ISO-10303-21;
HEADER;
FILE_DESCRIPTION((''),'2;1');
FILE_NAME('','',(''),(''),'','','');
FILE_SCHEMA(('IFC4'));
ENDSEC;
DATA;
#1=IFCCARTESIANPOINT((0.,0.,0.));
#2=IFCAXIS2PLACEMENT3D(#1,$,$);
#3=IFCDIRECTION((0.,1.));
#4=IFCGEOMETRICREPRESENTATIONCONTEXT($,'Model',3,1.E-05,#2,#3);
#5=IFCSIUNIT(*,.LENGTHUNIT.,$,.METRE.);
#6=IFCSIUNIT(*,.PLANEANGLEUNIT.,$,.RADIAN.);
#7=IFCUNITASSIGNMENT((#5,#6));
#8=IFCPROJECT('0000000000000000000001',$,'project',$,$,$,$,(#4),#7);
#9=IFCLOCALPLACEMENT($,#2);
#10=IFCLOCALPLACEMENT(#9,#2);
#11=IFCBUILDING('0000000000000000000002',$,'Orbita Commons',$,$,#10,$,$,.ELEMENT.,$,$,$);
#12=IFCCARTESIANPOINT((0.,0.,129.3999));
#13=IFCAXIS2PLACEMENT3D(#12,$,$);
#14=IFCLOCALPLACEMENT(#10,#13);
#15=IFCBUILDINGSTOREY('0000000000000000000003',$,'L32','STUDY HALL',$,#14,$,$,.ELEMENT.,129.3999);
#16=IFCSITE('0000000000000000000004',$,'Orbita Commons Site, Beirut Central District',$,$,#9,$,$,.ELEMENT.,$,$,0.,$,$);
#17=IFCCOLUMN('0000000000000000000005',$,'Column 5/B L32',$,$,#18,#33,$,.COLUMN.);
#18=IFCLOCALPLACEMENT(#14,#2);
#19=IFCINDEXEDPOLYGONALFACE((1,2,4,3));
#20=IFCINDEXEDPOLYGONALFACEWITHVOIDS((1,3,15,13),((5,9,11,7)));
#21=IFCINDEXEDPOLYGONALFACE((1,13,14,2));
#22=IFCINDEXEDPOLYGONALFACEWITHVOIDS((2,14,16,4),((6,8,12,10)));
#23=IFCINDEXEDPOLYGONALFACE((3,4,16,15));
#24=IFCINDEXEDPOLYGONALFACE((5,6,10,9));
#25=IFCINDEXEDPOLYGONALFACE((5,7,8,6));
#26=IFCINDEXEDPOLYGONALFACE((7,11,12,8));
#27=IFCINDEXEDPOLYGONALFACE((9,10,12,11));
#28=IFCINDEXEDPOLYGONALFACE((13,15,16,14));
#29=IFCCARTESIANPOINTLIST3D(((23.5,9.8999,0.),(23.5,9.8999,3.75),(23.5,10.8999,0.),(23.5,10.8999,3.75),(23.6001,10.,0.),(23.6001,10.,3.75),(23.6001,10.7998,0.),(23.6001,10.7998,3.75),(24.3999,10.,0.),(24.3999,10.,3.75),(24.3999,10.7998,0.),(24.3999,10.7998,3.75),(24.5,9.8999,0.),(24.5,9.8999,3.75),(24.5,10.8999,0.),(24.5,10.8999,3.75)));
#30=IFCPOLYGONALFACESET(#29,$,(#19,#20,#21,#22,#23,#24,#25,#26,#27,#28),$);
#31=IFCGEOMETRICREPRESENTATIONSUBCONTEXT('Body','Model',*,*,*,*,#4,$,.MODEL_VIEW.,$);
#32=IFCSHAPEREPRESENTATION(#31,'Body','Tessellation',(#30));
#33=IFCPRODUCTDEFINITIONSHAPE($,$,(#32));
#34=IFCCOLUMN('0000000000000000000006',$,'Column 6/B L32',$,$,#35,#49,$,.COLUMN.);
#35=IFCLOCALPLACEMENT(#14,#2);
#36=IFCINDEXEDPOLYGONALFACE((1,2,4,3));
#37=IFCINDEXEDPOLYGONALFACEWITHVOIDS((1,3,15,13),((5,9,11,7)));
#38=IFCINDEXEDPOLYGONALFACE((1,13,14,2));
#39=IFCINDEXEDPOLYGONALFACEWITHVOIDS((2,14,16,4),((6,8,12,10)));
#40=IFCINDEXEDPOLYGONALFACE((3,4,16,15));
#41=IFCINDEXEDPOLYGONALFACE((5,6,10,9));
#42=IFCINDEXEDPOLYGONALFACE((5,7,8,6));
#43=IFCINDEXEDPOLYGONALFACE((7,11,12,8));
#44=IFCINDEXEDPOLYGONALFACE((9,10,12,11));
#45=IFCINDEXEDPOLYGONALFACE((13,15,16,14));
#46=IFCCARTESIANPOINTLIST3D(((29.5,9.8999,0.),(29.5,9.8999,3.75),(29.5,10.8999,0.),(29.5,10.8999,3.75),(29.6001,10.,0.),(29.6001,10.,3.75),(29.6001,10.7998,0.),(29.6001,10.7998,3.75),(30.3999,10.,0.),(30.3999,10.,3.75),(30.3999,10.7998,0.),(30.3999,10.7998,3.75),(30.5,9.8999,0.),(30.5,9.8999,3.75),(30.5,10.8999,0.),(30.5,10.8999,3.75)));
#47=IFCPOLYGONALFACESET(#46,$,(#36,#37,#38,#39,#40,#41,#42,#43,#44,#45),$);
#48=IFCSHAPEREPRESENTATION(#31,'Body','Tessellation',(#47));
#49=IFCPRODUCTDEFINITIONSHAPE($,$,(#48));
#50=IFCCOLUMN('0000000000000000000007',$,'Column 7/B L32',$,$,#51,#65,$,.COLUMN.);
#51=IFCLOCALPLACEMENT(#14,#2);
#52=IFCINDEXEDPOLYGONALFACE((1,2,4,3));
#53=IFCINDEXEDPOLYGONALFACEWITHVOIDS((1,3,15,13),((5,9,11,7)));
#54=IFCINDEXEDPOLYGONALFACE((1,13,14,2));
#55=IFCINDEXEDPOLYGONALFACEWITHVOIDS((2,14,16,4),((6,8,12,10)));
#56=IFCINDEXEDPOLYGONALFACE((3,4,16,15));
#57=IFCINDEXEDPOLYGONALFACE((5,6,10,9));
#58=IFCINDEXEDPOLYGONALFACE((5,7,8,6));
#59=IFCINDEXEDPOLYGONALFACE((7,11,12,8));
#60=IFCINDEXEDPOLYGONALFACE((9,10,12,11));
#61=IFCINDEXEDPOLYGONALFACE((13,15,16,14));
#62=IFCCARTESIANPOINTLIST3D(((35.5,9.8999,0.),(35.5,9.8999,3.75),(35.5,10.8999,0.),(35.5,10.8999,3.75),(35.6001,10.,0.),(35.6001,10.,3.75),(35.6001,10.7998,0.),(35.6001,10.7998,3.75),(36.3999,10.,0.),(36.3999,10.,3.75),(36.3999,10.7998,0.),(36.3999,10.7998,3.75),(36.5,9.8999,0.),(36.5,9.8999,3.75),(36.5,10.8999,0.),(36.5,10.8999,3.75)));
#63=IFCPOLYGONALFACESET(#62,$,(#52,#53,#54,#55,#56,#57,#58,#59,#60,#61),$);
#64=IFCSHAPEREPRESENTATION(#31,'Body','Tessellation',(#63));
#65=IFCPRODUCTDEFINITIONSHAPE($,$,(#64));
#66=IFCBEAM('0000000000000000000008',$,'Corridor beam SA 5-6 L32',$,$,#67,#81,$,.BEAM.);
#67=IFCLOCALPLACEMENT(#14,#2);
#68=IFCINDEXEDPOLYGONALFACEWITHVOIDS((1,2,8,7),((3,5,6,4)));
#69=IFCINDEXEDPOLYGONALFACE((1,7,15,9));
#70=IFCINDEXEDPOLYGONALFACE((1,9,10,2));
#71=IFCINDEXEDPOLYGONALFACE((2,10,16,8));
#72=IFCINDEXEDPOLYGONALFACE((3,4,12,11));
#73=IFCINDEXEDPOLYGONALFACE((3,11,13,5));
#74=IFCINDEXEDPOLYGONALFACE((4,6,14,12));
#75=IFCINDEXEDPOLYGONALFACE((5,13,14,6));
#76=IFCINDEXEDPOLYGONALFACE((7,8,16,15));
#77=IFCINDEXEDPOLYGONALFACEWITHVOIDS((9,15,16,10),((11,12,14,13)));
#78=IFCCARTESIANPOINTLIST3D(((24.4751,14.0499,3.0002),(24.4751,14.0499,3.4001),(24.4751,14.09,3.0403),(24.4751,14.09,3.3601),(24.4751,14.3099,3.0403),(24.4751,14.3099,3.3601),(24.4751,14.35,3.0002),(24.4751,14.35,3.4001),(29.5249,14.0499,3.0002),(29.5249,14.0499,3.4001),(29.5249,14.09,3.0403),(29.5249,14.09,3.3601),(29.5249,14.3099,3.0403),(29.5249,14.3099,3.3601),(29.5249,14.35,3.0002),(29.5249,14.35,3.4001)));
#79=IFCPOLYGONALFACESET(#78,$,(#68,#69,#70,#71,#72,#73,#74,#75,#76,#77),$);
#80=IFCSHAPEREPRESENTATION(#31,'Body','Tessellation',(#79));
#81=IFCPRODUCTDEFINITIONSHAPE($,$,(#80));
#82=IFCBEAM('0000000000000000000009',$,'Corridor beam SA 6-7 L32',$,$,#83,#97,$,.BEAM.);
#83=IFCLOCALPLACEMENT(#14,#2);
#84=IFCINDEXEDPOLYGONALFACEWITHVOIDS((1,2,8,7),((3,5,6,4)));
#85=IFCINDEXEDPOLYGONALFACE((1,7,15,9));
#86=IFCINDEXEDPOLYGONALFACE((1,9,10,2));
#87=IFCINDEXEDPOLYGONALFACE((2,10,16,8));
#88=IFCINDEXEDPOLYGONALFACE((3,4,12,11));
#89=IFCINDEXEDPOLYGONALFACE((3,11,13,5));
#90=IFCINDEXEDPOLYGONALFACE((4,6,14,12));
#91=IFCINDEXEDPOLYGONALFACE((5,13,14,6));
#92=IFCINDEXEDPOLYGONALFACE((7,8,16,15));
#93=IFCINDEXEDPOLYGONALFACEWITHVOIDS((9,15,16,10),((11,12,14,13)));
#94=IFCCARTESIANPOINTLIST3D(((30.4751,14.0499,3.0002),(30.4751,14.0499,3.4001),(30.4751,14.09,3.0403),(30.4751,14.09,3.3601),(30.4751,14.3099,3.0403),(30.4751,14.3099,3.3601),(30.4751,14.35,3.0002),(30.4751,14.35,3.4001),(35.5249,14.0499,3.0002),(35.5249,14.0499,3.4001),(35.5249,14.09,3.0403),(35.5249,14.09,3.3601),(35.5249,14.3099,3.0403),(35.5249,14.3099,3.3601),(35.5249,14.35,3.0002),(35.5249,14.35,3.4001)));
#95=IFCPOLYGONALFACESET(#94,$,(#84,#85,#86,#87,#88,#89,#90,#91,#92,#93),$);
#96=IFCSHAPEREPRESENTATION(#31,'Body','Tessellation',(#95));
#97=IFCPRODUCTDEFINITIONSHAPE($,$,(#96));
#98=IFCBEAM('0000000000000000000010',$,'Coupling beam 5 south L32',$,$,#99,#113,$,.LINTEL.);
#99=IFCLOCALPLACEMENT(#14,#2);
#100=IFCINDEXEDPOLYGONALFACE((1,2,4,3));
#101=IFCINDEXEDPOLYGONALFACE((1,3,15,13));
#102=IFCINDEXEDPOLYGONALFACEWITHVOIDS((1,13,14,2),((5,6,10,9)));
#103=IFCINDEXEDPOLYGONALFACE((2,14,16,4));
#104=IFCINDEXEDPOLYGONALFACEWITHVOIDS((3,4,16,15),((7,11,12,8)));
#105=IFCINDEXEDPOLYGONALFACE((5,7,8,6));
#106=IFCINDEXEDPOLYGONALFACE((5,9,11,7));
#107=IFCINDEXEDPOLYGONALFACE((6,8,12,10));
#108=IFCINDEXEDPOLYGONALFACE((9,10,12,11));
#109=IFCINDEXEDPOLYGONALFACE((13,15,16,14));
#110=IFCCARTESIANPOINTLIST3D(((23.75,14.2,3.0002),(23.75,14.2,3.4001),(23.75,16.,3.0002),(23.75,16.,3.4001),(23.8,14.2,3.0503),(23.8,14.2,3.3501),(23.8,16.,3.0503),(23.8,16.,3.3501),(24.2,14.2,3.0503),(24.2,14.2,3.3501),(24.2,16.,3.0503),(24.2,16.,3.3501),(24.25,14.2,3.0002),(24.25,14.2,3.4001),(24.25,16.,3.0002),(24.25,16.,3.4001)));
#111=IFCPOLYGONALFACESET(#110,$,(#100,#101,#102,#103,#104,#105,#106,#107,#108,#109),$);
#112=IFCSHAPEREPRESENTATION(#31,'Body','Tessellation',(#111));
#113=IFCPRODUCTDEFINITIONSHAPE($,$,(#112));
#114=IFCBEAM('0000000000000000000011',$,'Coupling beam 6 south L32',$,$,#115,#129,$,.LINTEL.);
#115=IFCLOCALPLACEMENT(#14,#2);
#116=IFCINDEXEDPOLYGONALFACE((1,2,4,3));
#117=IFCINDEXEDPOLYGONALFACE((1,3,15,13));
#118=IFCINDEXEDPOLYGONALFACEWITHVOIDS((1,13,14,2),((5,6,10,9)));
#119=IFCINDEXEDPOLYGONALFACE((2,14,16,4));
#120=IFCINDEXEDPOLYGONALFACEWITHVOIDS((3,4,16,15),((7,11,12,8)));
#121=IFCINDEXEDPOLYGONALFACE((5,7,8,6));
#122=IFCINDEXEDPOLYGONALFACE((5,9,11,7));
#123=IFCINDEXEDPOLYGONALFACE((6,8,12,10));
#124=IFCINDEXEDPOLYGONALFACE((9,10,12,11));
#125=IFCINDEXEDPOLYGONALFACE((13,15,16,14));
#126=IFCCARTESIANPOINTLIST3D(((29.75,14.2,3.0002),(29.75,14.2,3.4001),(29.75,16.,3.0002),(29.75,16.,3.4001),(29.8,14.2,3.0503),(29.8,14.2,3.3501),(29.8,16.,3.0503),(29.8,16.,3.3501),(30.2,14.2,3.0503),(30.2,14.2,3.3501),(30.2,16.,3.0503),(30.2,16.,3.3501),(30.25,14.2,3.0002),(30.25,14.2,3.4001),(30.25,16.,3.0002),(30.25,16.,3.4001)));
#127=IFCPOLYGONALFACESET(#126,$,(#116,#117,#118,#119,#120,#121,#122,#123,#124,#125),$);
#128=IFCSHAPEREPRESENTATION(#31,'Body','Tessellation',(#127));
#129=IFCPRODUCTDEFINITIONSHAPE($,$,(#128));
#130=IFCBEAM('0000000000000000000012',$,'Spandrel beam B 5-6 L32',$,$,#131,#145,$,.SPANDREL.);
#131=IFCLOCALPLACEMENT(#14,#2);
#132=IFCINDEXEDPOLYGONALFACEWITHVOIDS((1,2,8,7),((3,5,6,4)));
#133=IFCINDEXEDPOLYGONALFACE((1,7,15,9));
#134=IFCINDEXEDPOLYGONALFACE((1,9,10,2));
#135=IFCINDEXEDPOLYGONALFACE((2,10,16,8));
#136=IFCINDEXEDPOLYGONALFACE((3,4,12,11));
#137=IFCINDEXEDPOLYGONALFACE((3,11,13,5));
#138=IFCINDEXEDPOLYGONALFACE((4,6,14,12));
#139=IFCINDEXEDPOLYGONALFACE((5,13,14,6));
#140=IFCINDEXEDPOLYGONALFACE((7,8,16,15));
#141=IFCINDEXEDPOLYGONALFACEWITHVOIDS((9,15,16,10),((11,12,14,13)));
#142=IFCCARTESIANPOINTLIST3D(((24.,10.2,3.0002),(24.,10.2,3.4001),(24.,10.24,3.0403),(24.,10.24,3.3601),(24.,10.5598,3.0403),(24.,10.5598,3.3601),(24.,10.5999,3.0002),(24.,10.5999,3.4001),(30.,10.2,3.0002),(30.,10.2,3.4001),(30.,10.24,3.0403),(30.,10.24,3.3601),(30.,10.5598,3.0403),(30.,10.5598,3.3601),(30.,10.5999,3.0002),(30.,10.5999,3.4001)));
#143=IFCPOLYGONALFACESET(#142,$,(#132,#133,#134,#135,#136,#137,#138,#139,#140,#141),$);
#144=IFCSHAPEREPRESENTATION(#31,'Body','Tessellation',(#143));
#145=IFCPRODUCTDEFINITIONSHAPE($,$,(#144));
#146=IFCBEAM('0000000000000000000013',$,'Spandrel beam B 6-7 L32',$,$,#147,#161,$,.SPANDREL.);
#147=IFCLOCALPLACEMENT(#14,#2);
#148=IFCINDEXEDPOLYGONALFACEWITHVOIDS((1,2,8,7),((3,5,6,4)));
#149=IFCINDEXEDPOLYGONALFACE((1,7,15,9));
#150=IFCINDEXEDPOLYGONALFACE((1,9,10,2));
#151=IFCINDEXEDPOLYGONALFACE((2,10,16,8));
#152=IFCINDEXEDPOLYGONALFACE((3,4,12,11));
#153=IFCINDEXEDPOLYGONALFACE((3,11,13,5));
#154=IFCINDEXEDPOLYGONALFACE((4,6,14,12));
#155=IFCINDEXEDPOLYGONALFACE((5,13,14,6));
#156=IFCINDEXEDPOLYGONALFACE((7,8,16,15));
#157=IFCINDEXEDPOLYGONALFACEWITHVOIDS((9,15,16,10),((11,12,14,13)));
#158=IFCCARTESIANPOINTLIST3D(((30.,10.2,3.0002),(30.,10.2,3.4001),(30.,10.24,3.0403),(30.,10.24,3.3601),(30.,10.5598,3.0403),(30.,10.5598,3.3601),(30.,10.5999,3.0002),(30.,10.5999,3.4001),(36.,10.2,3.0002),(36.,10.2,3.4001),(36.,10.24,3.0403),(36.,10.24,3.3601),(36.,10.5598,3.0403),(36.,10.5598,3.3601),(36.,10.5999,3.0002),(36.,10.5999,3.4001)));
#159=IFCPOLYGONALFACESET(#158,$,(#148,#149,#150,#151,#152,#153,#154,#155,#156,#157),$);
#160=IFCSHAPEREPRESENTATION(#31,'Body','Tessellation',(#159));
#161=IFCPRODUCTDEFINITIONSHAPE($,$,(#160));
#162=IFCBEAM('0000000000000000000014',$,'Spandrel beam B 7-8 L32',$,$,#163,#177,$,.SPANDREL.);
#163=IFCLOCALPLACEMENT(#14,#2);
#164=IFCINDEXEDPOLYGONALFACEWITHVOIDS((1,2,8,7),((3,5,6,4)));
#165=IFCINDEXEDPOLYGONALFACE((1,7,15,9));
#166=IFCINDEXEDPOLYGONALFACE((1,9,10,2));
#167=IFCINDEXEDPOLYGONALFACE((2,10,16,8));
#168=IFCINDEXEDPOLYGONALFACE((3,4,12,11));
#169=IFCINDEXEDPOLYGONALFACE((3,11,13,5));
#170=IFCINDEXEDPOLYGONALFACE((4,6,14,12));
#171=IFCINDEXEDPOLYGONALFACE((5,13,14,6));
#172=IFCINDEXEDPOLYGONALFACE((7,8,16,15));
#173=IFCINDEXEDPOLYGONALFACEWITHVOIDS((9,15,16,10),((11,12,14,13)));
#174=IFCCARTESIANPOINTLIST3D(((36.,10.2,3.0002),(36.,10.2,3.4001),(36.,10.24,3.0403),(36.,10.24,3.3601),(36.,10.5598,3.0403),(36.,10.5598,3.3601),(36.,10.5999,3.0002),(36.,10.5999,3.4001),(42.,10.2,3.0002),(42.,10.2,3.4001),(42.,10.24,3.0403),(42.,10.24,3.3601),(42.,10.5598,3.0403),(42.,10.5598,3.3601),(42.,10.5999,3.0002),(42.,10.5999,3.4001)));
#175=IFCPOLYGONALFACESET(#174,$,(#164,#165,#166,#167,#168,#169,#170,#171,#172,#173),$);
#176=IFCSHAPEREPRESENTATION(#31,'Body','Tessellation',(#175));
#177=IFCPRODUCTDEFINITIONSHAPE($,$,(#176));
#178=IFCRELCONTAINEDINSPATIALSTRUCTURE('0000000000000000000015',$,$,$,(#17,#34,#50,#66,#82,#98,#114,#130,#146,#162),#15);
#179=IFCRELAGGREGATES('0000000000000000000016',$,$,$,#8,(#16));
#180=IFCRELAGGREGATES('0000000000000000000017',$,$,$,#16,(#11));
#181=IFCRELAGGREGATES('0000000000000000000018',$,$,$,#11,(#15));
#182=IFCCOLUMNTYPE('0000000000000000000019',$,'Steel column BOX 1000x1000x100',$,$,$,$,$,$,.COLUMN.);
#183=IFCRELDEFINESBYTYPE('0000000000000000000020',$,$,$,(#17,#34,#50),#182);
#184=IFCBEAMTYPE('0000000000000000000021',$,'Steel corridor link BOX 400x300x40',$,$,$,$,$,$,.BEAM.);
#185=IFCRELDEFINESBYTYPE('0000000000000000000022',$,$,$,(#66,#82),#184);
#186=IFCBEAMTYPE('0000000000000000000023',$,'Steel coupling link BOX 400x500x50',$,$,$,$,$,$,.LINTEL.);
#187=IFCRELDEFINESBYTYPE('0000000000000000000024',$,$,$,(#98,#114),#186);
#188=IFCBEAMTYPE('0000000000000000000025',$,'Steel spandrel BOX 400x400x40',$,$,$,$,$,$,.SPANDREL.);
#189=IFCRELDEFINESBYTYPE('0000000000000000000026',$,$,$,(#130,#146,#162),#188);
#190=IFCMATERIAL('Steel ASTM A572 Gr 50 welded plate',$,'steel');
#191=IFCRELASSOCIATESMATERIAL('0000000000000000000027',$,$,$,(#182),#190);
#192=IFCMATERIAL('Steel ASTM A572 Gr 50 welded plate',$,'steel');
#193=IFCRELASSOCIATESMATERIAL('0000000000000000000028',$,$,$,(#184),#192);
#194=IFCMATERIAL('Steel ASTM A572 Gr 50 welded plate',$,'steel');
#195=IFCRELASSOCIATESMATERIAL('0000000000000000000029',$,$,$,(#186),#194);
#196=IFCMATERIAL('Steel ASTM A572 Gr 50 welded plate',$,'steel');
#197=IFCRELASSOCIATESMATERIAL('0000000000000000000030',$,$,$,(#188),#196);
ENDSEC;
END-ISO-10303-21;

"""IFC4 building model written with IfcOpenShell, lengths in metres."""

from ifc_helpers import new_model, si_unit, direction, frame, origin, origin_2d, place, context, subcontext, project, spatial, hollow_rectangle, extrude, material, material_profile, profile_set, type_object, element, save


model = new_model("IFC4")

# Units and contexts
model_context = context("Model", 3, precision=1e-05, world=origin(), true_north=direction((0.0, 1.0)))
body_context = subcontext(model_context, "Body", "Model", "MODEL_VIEW")
ifc_project = project(units=[si_unit("LENGTHUNIT", "METRE"), si_unit("PLANEANGLEUNIT", "RADIAN")], contexts=[model_context])

# Site, building, storey
site_placement = place(None, origin())
site = spatial("IfcSite", under=ifc_project, at=site_placement, Name="Orbita Commons Site, Beirut Central District", CompositionType="ELEMENT", RefElevation=0.0)
building_placement = place(site_placement, origin())
building = spatial("IfcBuilding", under=site, at=building_placement, Name="Orbita Commons", CompositionType="ELEMENT")
storey_placement = place(building_placement, frame((0.0, 0.0, 129.3999)))
storey = spatial("IfcBuildingStorey", under=building, at=storey_placement, Name="L32", Description="STUDY HALL", CompositionType="ELEMENT", Elevation=129.3999)

# Columns
ifc_material_1 = material(Name="Steel ASTM A572 Gr 50 welded plate", Category="steel")
ifc_material_profile_1 = material_profile(ifc_material_1, hollow_rectangle(XDim=1.0, YDim=1.0, WallThickness=0.1001, at=origin_2d()), Name="BOX 1000x1000x100")
ifc_profile_set_1 = profile_set([ifc_material_profile_1], Name="Steel ASTM A572 Gr 50 welded plate")
column_type = type_object("IfcColumnType", Name="Steel column BOX 1000x1000x100", PredefinedType="COLUMN", material=ifc_profile_set_1)
for number, where, z_axis, x_axis, name in (
    (1, (24.0, 10.3999, 0.0), (0.0, 0.0, 1.0), (1.0, 0.0, 0.0), "Column 5/B L32"),
    (2, (30.0, 10.3999, 0.0), (0.0, 0.0, 1.0), (1.0, 0.0, 0.0), "Column 6/B L32"),
    (3, (36.0, 10.3999, 0.0), (0.0, 0.0, 1.0), (1.0, 0.0, 0.0), "Column 7/B L32"),
):
    element("IfcColumn", number, at=place(storey_placement, frame(where, z_axis=z_axis, x_axis=x_axis)), inside=storey, type_object=column_type, Name=name, PredefinedType="COLUMN", context=body_context, shape_type="SweptSolid", body=[
        extrude(hollow_rectangle(XDim=1.0, YDim=1.0, WallThickness=0.1001, at=origin_2d()), origin(), (0.0, 0.0, 1.0), 3.75),
    ])

# Beams
ifc_material_2 = material(Name="Steel ASTM A572 Gr 50 welded plate", Category="steel")
ifc_material_profile_2 = material_profile(ifc_material_2, hollow_rectangle(XDim=0.3, YDim=0.3999, WallThickness=0.04, at=origin_2d()), Name="BOX 400x300x40")
ifc_profile_set_2 = profile_set([ifc_material_profile_2], Name="Steel ASTM A572 Gr 50 welded plate")
beam_type_1 = type_object("IfcBeamType", Name="Steel corridor link BOX 400x300x40", PredefinedType="BEAM", material=ifc_profile_set_2)
for number, where, z_axis, x_axis, name in (
    (4, (24.4751, 14.2, 3.2002), (1.0, 0.0, 0.0), (0.0, 1.0, 0.0), "Corridor beam SA 5-6 L32"),
    (5, (30.4751, 14.2, 3.2002), (1.0, 0.0, 0.0), (0.0, 1.0, 0.0), "Corridor beam SA 6-7 L32"),
):
    element("IfcBeam", number, at=place(storey_placement, frame(where, z_axis=z_axis, x_axis=x_axis)), inside=storey, type_object=beam_type_1, Name=name, PredefinedType="BEAM", context=body_context, shape_type="SweptSolid", body=[
        extrude(hollow_rectangle(XDim=0.3, YDim=0.3999, WallThickness=0.04, at=origin_2d()), origin(), (0.0, 0.0, 1.0), 5.0498),
    ])
ifc_material_3 = material(Name="Steel ASTM A572 Gr 50 welded plate", Category="steel")
ifc_material_profile_3 = material_profile(ifc_material_3, hollow_rectangle(XDim=0.5, YDim=0.3999, WallThickness=0.05, at=origin_2d()), Name="BOX 400x500x50")
ifc_profile_set_3 = profile_set([ifc_material_profile_3], Name="Steel ASTM A572 Gr 50 welded plate")
beam_type_2 = type_object("IfcBeamType", Name="Steel coupling link BOX 400x500x50", PredefinedType="LINTEL", material=ifc_profile_set_3)
for number, where, z_axis, x_axis, name in (
    (6, (24.0, 14.2, 3.2002), (0.0, 1.0, 0.0), (-1.0, 0.0, 0.0), "Coupling beam 5 south L32"),
    (7, (30.0, 14.2, 3.2002), (0.0, 1.0, 0.0), (-1.0, 0.0, 0.0), "Coupling beam 6 south L32"),
):
    element("IfcBeam", number, at=place(storey_placement, frame(where, z_axis=z_axis, x_axis=x_axis)), inside=storey, type_object=beam_type_2, Name=name, PredefinedType="LINTEL", context=body_context, shape_type="SweptSolid", body=[
        extrude(hollow_rectangle(XDim=0.5, YDim=0.3999, WallThickness=0.05, at=origin_2d()), origin(), (0.0, 0.0, 1.0), 1.8),
    ])
ifc_material_4 = material(Name="Steel ASTM A572 Gr 50 welded plate", Category="steel")
ifc_material_profile_4 = material_profile(ifc_material_4, hollow_rectangle(XDim=0.3999, YDim=0.3999, WallThickness=0.04, at=origin_2d()), Name="BOX 400x400x40")
ifc_profile_set_4 = profile_set([ifc_material_profile_4], Name="Steel ASTM A572 Gr 50 welded plate")
beam_type_3 = type_object("IfcBeamType", Name="Steel spandrel BOX 400x400x40", PredefinedType="SPANDREL", material=ifc_profile_set_4)
for number, where, z_axis, x_axis, name in (
    (8, (24.0, 10.3999, 3.2002), (1.0, 0.0, 0.0), (0.0, 1.0, 0.0), "Spandrel beam B 5-6 L32"),
    (9, (30.0, 10.3999, 3.2002), (1.0, 0.0, 0.0), (0.0, 1.0, 0.0), "Spandrel beam B 6-7 L32"),
    (10, (36.0, 10.3999, 3.2002), (1.0, 0.0, 0.0), (0.0, 1.0, 0.0), "Spandrel beam B 7-8 L32"),
):
    element("IfcBeam", number, at=place(storey_placement, frame(where, z_axis=z_axis, x_axis=x_axis)), inside=storey, type_object=beam_type_3, Name=name, PredefinedType="SPANDREL", context=body_context, shape_type="SweptSolid", body=[
        extrude(hollow_rectangle(XDim=0.3999, YDim=0.3999, WallThickness=0.04, at=origin_2d()), origin(), (0.0, 0.0, 1.0), 6.0),
    ])

save(model, "model.ifc")
